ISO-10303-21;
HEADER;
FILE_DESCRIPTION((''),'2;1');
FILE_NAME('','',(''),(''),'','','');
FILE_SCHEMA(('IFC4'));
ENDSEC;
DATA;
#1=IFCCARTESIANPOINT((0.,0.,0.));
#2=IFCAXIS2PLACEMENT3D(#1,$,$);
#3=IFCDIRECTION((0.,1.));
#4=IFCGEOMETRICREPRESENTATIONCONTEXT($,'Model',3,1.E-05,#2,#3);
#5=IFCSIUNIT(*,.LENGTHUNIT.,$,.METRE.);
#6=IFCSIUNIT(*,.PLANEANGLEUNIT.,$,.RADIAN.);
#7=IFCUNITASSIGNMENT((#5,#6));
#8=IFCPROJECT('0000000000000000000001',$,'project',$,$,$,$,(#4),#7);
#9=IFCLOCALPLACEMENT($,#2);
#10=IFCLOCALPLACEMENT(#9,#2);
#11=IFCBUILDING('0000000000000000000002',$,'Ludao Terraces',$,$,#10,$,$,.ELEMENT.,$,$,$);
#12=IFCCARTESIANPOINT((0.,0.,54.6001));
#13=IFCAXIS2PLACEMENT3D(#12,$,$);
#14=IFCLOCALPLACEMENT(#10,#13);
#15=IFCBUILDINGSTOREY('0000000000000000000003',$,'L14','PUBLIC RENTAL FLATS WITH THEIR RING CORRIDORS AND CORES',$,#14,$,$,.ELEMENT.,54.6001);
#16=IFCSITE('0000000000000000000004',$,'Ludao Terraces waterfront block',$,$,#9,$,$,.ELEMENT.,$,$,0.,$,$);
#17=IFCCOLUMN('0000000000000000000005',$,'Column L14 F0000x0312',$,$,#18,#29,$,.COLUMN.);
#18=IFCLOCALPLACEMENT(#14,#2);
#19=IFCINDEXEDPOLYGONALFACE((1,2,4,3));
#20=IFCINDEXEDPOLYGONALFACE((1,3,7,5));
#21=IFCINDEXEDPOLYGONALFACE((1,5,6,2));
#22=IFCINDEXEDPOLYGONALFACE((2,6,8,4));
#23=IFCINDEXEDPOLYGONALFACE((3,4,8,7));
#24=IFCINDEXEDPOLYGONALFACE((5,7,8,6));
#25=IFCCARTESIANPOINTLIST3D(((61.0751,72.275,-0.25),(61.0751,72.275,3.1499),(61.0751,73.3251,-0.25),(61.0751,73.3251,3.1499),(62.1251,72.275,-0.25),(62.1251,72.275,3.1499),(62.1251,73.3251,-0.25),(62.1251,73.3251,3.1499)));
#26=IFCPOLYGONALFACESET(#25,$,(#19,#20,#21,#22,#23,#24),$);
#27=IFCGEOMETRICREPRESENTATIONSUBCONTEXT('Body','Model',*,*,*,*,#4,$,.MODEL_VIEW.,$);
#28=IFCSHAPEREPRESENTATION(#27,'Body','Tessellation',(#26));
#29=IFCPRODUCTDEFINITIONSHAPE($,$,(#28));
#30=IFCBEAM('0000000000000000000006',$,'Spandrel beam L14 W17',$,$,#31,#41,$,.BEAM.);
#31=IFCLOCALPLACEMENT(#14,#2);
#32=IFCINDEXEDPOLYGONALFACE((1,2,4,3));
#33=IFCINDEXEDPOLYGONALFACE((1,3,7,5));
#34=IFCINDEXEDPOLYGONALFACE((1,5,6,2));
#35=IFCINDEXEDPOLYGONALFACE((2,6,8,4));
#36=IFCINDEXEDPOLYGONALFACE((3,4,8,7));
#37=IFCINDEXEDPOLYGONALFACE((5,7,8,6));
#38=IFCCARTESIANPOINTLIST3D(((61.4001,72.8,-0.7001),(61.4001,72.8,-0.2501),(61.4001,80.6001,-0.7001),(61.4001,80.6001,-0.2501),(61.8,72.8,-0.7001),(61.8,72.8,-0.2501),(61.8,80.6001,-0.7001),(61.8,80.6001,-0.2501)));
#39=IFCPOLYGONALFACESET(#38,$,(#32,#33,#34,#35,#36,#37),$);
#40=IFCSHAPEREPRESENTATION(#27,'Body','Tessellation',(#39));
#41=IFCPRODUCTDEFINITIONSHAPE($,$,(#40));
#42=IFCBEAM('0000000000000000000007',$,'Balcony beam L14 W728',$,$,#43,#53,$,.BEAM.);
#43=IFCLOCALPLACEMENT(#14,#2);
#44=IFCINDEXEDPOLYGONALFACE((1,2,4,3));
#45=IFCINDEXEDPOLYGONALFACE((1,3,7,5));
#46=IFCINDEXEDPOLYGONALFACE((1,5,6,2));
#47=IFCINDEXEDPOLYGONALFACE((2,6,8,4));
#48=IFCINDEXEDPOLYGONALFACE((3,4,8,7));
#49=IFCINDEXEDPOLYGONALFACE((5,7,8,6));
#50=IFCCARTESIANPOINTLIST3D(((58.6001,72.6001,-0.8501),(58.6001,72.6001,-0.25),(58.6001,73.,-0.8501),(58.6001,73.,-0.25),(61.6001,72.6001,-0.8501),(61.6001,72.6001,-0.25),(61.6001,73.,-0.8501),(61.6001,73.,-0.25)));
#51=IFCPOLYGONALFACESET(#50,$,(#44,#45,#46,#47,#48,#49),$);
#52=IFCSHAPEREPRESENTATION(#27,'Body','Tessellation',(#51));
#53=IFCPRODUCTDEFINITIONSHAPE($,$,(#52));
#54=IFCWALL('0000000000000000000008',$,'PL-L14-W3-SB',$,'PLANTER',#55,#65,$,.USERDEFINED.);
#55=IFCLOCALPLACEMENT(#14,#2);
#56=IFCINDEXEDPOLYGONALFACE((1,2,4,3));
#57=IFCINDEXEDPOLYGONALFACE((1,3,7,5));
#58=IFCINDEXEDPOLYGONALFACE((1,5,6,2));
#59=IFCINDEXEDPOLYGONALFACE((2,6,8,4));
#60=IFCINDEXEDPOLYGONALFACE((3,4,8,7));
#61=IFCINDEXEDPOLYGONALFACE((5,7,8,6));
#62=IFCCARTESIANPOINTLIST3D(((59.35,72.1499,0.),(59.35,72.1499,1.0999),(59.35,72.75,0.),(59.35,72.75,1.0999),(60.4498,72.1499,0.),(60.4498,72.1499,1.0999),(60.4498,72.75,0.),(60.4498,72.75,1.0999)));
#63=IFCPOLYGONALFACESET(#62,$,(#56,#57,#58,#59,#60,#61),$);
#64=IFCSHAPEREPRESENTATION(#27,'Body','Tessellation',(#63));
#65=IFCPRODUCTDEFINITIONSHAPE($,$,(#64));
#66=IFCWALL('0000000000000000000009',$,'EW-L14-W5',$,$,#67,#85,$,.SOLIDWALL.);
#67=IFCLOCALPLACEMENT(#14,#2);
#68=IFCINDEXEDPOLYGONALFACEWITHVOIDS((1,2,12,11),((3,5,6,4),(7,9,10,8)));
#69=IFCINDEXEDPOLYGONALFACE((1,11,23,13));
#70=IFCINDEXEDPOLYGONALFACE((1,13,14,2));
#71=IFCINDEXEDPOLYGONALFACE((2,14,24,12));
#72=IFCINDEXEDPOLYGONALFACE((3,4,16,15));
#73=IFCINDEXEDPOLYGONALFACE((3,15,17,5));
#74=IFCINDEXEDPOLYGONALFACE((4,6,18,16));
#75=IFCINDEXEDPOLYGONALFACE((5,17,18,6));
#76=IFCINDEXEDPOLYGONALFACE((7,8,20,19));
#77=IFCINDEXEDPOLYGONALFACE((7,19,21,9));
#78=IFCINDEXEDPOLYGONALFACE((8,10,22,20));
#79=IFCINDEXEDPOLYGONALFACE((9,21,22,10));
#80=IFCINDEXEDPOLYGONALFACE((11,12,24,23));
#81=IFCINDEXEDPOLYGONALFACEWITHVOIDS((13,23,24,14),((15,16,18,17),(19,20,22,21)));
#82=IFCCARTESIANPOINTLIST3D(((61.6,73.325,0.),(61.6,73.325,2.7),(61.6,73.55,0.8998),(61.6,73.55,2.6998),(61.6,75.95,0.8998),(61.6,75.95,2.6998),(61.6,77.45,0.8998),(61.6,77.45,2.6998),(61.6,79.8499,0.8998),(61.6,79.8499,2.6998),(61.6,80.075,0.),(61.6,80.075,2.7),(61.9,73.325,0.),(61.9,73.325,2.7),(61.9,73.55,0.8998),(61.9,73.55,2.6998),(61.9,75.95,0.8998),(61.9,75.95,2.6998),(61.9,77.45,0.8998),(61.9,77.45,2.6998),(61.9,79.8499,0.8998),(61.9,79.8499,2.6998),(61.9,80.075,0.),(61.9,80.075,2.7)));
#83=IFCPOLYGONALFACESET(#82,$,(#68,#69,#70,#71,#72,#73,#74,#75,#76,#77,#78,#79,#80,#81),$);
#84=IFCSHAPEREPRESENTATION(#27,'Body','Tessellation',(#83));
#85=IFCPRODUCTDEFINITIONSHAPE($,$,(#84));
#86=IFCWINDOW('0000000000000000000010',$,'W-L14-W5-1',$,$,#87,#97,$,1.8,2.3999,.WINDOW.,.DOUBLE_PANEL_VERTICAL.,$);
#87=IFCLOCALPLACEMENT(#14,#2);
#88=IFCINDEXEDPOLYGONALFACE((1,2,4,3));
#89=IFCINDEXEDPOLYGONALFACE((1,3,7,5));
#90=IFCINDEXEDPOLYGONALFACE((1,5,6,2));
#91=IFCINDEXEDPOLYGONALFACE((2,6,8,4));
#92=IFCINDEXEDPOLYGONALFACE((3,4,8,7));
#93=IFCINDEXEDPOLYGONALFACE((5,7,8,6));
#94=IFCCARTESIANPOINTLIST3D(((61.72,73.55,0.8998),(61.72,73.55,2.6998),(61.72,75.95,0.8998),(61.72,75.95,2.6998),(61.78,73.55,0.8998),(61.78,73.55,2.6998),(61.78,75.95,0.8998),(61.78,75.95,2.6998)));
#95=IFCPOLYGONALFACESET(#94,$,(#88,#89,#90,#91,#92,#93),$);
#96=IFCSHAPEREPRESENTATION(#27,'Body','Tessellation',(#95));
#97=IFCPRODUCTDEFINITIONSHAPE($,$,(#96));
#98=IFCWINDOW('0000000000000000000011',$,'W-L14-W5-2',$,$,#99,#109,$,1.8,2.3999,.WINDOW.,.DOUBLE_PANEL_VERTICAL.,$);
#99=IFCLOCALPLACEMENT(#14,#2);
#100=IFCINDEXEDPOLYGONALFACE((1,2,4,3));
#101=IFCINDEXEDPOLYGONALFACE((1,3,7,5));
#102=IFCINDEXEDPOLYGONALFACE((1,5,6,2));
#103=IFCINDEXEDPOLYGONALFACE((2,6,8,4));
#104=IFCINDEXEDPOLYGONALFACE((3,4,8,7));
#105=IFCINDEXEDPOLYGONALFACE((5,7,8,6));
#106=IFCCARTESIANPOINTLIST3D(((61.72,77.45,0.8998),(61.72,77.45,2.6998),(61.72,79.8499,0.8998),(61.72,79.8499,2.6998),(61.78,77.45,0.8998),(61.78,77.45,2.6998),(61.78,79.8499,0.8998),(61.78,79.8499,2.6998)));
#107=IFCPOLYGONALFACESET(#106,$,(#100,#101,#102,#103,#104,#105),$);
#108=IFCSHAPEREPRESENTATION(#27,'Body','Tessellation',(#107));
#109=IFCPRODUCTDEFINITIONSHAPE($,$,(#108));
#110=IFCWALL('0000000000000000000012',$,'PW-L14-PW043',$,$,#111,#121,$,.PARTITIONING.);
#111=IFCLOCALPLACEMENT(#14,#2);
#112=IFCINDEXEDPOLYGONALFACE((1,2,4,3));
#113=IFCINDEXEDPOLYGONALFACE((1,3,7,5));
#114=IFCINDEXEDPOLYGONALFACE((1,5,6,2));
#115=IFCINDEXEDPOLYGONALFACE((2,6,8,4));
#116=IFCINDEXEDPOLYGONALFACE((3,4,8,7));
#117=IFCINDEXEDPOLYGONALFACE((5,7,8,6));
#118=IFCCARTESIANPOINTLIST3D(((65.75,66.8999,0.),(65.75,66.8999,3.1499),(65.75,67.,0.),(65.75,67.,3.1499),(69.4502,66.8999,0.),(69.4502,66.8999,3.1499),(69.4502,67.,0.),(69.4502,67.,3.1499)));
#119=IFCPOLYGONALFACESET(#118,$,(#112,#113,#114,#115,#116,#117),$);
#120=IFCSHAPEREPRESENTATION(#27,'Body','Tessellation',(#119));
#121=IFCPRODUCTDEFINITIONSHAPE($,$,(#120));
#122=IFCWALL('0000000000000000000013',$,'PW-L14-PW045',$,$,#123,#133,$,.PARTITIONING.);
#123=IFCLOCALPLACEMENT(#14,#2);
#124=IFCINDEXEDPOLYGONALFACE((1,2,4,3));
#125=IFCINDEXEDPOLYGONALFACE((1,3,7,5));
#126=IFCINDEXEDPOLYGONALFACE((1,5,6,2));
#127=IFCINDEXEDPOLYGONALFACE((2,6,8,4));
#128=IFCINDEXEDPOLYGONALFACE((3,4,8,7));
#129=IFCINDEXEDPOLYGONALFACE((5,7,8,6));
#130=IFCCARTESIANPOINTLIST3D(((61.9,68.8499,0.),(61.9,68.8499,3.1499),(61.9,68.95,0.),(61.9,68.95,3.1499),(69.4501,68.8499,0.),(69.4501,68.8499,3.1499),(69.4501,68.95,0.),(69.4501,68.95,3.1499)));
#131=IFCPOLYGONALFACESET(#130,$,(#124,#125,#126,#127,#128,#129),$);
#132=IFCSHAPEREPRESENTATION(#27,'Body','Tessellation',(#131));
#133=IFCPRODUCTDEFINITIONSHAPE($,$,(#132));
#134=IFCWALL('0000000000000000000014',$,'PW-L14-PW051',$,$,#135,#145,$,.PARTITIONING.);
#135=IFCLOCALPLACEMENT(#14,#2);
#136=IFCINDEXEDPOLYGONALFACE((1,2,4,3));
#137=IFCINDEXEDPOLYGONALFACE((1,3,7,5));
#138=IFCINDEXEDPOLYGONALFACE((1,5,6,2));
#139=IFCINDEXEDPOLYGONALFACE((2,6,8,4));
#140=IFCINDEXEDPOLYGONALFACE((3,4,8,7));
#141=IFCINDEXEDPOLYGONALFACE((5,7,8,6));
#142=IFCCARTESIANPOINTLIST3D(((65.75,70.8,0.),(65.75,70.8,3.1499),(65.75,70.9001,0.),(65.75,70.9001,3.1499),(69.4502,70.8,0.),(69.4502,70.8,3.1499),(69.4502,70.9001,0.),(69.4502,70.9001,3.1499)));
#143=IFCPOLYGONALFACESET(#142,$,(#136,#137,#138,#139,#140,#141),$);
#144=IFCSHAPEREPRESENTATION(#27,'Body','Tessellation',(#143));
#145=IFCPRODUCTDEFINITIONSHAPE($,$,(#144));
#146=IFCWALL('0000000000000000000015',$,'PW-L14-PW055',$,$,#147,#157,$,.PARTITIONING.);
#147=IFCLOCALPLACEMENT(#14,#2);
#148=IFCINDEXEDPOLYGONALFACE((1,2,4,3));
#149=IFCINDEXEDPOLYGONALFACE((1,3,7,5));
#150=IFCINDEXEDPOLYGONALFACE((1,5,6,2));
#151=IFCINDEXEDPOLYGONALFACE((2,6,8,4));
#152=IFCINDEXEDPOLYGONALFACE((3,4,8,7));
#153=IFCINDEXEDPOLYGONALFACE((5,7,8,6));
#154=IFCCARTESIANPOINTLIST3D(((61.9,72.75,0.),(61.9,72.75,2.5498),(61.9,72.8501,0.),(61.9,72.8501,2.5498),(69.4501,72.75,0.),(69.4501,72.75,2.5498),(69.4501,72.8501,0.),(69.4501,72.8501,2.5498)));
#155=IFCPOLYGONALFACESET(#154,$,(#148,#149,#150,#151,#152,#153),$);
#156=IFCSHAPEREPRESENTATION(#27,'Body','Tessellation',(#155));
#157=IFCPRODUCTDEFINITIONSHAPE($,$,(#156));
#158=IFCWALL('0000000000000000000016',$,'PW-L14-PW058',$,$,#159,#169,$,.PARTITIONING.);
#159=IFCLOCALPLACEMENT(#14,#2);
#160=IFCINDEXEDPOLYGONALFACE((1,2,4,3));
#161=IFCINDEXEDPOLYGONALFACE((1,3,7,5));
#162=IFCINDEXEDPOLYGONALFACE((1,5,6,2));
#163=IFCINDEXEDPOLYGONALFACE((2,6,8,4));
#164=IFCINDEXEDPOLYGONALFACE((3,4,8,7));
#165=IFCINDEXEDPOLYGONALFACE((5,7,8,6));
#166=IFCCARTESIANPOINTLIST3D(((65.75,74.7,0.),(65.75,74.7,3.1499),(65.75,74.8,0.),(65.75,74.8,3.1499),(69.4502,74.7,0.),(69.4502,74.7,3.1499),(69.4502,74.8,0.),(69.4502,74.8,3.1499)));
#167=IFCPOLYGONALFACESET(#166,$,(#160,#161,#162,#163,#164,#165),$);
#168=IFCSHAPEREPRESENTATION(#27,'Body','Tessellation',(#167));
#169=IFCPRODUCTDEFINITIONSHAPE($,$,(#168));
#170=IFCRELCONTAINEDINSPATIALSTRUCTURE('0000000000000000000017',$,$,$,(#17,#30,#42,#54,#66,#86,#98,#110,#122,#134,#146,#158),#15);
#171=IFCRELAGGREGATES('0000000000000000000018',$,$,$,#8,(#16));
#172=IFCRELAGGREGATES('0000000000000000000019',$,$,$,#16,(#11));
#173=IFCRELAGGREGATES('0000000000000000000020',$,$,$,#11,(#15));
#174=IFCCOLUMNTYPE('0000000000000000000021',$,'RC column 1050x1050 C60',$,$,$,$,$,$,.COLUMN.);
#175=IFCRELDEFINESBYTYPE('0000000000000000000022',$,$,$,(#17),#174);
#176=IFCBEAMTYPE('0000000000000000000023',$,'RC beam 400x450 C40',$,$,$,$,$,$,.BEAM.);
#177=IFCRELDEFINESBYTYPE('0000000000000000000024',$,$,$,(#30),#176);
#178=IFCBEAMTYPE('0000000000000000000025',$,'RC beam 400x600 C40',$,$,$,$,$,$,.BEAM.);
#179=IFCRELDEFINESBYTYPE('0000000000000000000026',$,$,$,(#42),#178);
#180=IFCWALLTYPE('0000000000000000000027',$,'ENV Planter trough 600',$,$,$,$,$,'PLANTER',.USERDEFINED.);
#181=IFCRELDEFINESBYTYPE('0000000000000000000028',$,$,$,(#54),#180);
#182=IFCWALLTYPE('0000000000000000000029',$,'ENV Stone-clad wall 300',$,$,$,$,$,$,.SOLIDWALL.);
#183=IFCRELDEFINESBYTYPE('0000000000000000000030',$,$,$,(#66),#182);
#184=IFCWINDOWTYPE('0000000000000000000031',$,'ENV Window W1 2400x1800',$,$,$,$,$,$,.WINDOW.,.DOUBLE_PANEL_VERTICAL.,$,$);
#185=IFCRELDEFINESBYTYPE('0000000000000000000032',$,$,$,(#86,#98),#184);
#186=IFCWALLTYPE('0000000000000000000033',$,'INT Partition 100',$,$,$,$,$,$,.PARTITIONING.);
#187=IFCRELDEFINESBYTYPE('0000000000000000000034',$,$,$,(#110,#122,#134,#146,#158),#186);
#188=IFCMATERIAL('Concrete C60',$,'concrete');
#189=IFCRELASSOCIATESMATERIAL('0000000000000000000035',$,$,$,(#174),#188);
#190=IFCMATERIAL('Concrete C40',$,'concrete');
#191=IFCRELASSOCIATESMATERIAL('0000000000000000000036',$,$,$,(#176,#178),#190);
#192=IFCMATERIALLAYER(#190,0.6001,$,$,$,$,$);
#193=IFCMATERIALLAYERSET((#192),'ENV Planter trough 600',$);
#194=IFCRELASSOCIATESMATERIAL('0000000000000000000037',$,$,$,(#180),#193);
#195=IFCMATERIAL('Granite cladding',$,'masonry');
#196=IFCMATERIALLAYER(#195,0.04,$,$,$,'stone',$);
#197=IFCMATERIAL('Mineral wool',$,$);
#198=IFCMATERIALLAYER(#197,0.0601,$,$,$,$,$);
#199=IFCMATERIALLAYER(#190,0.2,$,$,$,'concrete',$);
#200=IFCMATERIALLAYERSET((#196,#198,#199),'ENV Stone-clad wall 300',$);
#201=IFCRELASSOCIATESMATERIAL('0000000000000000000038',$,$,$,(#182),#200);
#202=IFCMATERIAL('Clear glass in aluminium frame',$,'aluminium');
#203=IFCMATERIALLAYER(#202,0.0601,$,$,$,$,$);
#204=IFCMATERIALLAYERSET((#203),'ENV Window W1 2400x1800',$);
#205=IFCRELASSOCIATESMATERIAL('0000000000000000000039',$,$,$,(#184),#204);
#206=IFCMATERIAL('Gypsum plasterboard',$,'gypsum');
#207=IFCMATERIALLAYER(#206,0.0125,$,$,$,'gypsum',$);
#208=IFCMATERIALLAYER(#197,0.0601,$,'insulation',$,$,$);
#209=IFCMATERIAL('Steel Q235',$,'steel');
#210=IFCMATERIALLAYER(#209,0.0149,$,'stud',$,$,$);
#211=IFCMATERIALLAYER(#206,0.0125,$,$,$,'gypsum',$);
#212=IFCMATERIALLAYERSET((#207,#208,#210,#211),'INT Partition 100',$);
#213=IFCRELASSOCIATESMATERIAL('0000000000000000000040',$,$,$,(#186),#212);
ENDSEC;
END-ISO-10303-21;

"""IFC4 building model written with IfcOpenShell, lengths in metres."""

from ifc_helpers import new_model, si_unit, direction, frame, frame_2d, origin, origin_2d, place, context, subcontext, project, spatial, rectangle, extrude, material, layer, layer_set, material_profile, profile_set, type_object, element, fill, save


model = new_model("IFC4")

# Units and contexts
model_context = context("Model", 3, precision=1e-05, world=origin(), true_north=direction((0.0, 1.0)))
body_context = subcontext(model_context, "Body", "Model", "MODEL_VIEW")
ifc_project = project(units=[si_unit("LENGTHUNIT", "METRE"), si_unit("PLANEANGLEUNIT", "RADIAN")], contexts=[model_context])

# Site, building, storey
site_placement = place(None, origin())
site = spatial("IfcSite", under=ifc_project, at=site_placement, Name="Ludao Terraces waterfront block", CompositionType="ELEMENT", RefElevation=0.0)
building_placement = place(site_placement, origin())
building = spatial("IfcBuilding", under=site, at=building_placement, Name="Ludao Terraces", CompositionType="ELEMENT")
storey_placement = place(building_placement, frame((0.0, 0.0, 54.6001)))
storey = spatial("IfcBuildingStorey", under=building, at=storey_placement, Name="L14", Description="PUBLIC RENTAL FLATS WITH THEIR RING CORRIDORS AND CORES", CompositionType="ELEMENT", Elevation=54.6001)

# Column
ifc_material_1 = material(Name="Concrete C60", Category="concrete")
ifc_material_profile_1 = material_profile(ifc_material_1, rectangle(XDim=1.05, YDim=1.05, at=origin_2d()), Name="1050 X 1050")
ifc_profile_set_1 = profile_set([ifc_material_profile_1], Name="Concrete C60")
column_type = type_object("IfcColumnType", Name="RC column 1050x1050 C60", PredefinedType="COLUMN", material=ifc_profile_set_1)
column_placement = place(storey_placement, frame((61.6001, 72.8, -0.25), z_axis=(0.0, 0.0, 1.0), x_axis=(1.0, 0.0, 0.0)))
element("IfcColumn", 1, at=column_placement, inside=storey, type_object=column_type, Name="Column L14 F0000x0312", PredefinedType="COLUMN", context=body_context, shape_type="SweptSolid", body=[
    extrude(rectangle(XDim=1.05, YDim=1.05, at=origin_2d()), origin(), (0.0, 0.0, 1.0), 3.3999),
])

# Beams
ifc_material_2 = material(Name="Concrete C40", Category="concrete")
ifc_material_profile_2 = material_profile(ifc_material_2, rectangle(XDim=0.3999, YDim=0.45, at=origin_2d()), Name="400 X 450")
ifc_profile_set_2 = profile_set([ifc_material_profile_2], Name="Concrete C40")
beam_type_1 = type_object("IfcBeamType", Name="RC beam 400x450 C40", PredefinedType="BEAM", material=ifc_profile_set_2)
beam_1_placement = place(storey_placement, frame((61.6001, 72.8, -0.4751), z_axis=(0.0, 1.0, 0.0), x_axis=(-1.0, 0.0, 0.0)))
element("IfcBeam", 2, at=beam_1_placement, inside=storey, type_object=beam_type_1, Name="Spandrel beam L14 W17", PredefinedType="BEAM", context=body_context, shape_type="SweptSolid", body=[
    extrude(rectangle(XDim=0.3999, YDim=0.45, at=origin_2d()), origin(), (0.0, 0.0, 1.0), 7.8),
])
ifc_material_profile_3 = material_profile(ifc_material_2, rectangle(XDim=0.3999, YDim=0.6001, at=origin_2d()), Name="400 X 600")
ifc_profile_set_3 = profile_set([ifc_material_profile_3], Name="Concrete C40")
beam_type_2 = type_object("IfcBeamType", Name="RC beam 400x600 C40", PredefinedType="BEAM", material=ifc_profile_set_3)
beam_2_placement = place(storey_placement, frame((61.6001, 72.8, -0.55), z_axis=(-1.0, 0.0, 0.0), x_axis=(0.0, -1.0, 0.0)))
element("IfcBeam", 3, at=beam_2_placement, inside=storey, type_object=beam_type_2, Name="Balcony beam L14 W728", PredefinedType="BEAM", context=body_context, shape_type="SweptSolid", body=[
    extrude(rectangle(XDim=0.3999, YDim=0.6001, at=origin_2d()), origin(), (0.0, 0.0, 1.0), 3.0),
])

# Wall
ifc_layer_1 = layer(ifc_material_2, 0.6001)
ifc_layer_set_1 = layer_set([ifc_layer_1], Name="ENV Planter trough 600")
wall_type_1 = type_object("IfcWallType", Name="ENV Planter trough 600", ElementType="PLANTER", PredefinedType="USERDEFINED", material=ifc_layer_set_1)
wall_1_placement = place(storey_placement, frame((59.3501, 72.45, 0.0), z_axis=(0.0, 0.0, 1.0), x_axis=(1.0, 0.0, 0.0)))
element("IfcWall", 4, at=wall_1_placement, inside=storey, type_object=wall_type_1, Name="PL-L14-W3-SB", ObjectType="PLANTER", PredefinedType="USERDEFINED", context=body_context, shape_type="SweptSolid", body=[
    extrude(rectangle(XDim=1.0999, YDim=0.6001, at=frame_2d((0.5498, 0.0))), origin(), (0.0, 0.0, 1.0), 1.0999),
])

# Wall, openings, windows
ifc_material_3 = material(Name="Granite cladding", Category="masonry")
ifc_layer_2 = layer(ifc_material_3, 0.04, Category="stone")
ifc_material_4 = material(Name="Mineral wool")
ifc_layer_3 = layer(ifc_material_4, 0.0601)
ifc_layer_4 = layer(ifc_material_2, 0.2, Category="concrete")
ifc_layer_set_2 = layer_set([ifc_layer_2, ifc_layer_3, ifc_layer_4], Name="ENV Stone-clad wall 300")
wall_type_2 = type_object("IfcWallType", Name="ENV Stone-clad wall 300", PredefinedType="SOLIDWALL", material=ifc_layer_set_2)
wall_2_placement = place(storey_placement, frame((61.75, 73.325, 0.0), z_axis=(0.0, 0.0, 1.0), x_axis=(0.0, 1.0, 0.0)))
wall_2 = element("IfcWall", 5, at=wall_2_placement, inside=storey, type_object=wall_type_2, Name="EW-L14-W5", PredefinedType="SOLIDWALL", context=body_context, shape_type="SweptSolid", body=[
    extrude(rectangle(XDim=6.75, YDim=0.3, at=frame_2d((3.375, 0.0))), origin(), (0.0, 0.0, 1.0), 2.7),
])
opening_1_placement = place(wall_2_placement, frame((0.2251, 0.0, 0.8999)))
opening_1 = element("IfcOpeningElement", 6, at=opening_1_placement, cuts=wall_2, PredefinedType="OPENING", context=body_context, shape_type="SweptSolid", body=[
    extrude(rectangle(XDim=2.3999, YDim=1.8, at=frame_2d((1.2, 0.8999))), frame((0.0, 0.1602, 0.0), z_axis=(0.0, -1.0, 0.0), x_axis=(1.0, 0.0, 0.0)), (0.0, 0.0, 1.0), 0.3201),
])
opening_2_placement = place(wall_2_placement, frame((4.125, 0.0, 0.8999)))
opening_2 = element("IfcOpeningElement", 7, at=opening_2_placement, cuts=wall_2, PredefinedType="OPENING", context=body_context, shape_type="SweptSolid", body=[
    extrude(rectangle(XDim=2.3999, YDim=1.8, at=frame_2d((1.2, 0.8999))), frame((0.0, 0.1602, 0.0), z_axis=(0.0, -1.0, 0.0), x_axis=(1.0, 0.0, 0.0)), (0.0, 0.0, 1.0), 0.3201),
])
ifc_material_5 = material(Name="Clear glass in aluminium frame", Category="aluminium")
ifc_layer_5 = layer(ifc_material_5, 0.0601)
ifc_layer_set_3 = layer_set([ifc_layer_5], Name="ENV Window W1 2400x1800")
window_type = type_object("IfcWindowType", Name="ENV Window W1 2400x1800", PartitioningType="DOUBLE_PANEL_VERTICAL", PredefinedType="WINDOW", material=ifc_layer_set_3)
window_1_placement = place(opening_1_placement, origin())
window_1 = element("IfcWindow", 8, at=window_1_placement, inside=storey, type_object=window_type, Name="W-L14-W5-1", OverallHeight=1.8, OverallWidth=2.3999, PartitioningType="DOUBLE_PANEL_VERTICAL", PredefinedType="WINDOW", context=body_context, shape_type="SweptSolid", body=[
    extrude(rectangle(XDim=2.3999, YDim=1.8, at=frame_2d((1.2, 0.8999))), frame((0.0, 0.03, 0.0), z_axis=(0.0, -1.0, 0.0), x_axis=(1.0, 0.0, 0.0)), (0.0, 0.0, 1.0), 0.0601),
])
fill(opening_1, window_1)
window_2_placement = place(opening_2_placement, origin())
window_2 = element("IfcWindow", 9, at=window_2_placement, inside=storey, type_object=window_type, Name="W-L14-W5-2", OverallHeight=1.8, OverallWidth=2.3999, PartitioningType="DOUBLE_PANEL_VERTICAL", PredefinedType="WINDOW", context=body_context, shape_type="SweptSolid", body=[
    extrude(rectangle(XDim=2.3999, YDim=1.8, at=frame_2d((1.2, 0.8999))), frame((0.0, 0.03, 0.0), z_axis=(0.0, -1.0, 0.0), x_axis=(1.0, 0.0, 0.0)), (0.0, 0.0, 1.0), 0.0601),
])
fill(opening_2, window_2)

# Walls
ifc_material_6 = material(Name="Gypsum plasterboard", Category="gypsum")
ifc_layer_6 = layer(ifc_material_6, 0.0125, Category="gypsum")
ifc_layer_7 = layer(ifc_material_4, 0.0601, Name="insulation")
ifc_material_7 = material(Name="Steel Q235", Category="steel")
ifc_layer_8 = layer(ifc_material_7, 0.0149, Name="stud")
ifc_layer_9 = layer(ifc_material_6, 0.0125, Category="gypsum")
ifc_layer_set_4 = layer_set([ifc_layer_6, ifc_layer_7, ifc_layer_8, ifc_layer_9], Name="INT Partition 100")
wall_type_3 = type_object("IfcWallType", Name="INT Partition 100", PredefinedType="PARTITIONING", material=ifc_layer_set_4)
wall_3_placement = place(storey_placement, frame((65.75, 66.95, 0.0), z_axis=(0.0, 0.0, 1.0), x_axis=(1.0, 0.0, 0.0)))
element("IfcWall", 10, at=wall_3_placement, inside=storey, type_object=wall_type_3, Name="PW-L14-PW043", PredefinedType="PARTITIONING", context=body_context, shape_type="SweptSolid", body=[
    extrude(rectangle(XDim=3.7002, YDim=0.1001, at=frame_2d((1.8501, 0.0))), origin(), (0.0, 0.0, 1.0), 3.1499),
])
wall_4_placement = place(storey_placement, frame((61.9001, 68.8999, 0.0), z_axis=(0.0, 0.0, 1.0), x_axis=(1.0, 0.0, 0.0)))
element("IfcWall", 11, at=wall_4_placement, inside=storey, type_object=wall_type_3, Name="PW-L14-PW045", PredefinedType="PARTITIONING", context=body_context, shape_type="SweptSolid", body=[
    extrude(rectangle(XDim=7.55, YDim=0.1001, at=frame_2d((3.7749, 0.0))), origin(), (0.0, 0.0, 1.0), 3.1499),
])
wall_5_placement = place(storey_placement, frame((65.75, 70.8501, 0.0), z_axis=(0.0, 0.0, 1.0), x_axis=(1.0, 0.0, 0.0)))
element("IfcWall", 12, at=wall_5_placement, inside=storey, type_object=wall_type_3, Name="PW-L14-PW051", PredefinedType="PARTITIONING", context=body_context, shape_type="SweptSolid", body=[
    extrude(rectangle(XDim=3.7002, YDim=0.1001, at=frame_2d((1.8501, 0.0))), origin(), (0.0, 0.0, 1.0), 3.1499),
])
wall_6_placement = place(storey_placement, frame((61.9001, 72.8, 0.0), z_axis=(0.0, 0.0, 1.0), x_axis=(1.0, 0.0, 0.0)))
element("IfcWall", 13, at=wall_6_placement, inside=storey, type_object=wall_type_3, Name="PW-L14-PW055", PredefinedType="PARTITIONING", context=body_context, shape_type="SweptSolid", body=[
    extrude(rectangle(XDim=7.55, YDim=0.1001, at=frame_2d((3.7749, 0.0))), origin(), (0.0, 0.0, 1.0), 2.5498),
])
wall_7_placement = place(storey_placement, frame((65.75, 74.75, 0.0), z_axis=(0.0, 0.0, 1.0), x_axis=(1.0, 0.0, 0.0)))
element("IfcWall", 14, at=wall_7_placement, inside=storey, type_object=wall_type_3, Name="PW-L14-PW058", PredefinedType="PARTITIONING", context=body_context, shape_type="SweptSolid", body=[
    extrude(rectangle(XDim=3.7002, YDim=0.1001, at=frame_2d((1.8501, 0.0))), origin(), (0.0, 0.0, 1.0), 3.1499),
])

save(model, "model.ifc")
